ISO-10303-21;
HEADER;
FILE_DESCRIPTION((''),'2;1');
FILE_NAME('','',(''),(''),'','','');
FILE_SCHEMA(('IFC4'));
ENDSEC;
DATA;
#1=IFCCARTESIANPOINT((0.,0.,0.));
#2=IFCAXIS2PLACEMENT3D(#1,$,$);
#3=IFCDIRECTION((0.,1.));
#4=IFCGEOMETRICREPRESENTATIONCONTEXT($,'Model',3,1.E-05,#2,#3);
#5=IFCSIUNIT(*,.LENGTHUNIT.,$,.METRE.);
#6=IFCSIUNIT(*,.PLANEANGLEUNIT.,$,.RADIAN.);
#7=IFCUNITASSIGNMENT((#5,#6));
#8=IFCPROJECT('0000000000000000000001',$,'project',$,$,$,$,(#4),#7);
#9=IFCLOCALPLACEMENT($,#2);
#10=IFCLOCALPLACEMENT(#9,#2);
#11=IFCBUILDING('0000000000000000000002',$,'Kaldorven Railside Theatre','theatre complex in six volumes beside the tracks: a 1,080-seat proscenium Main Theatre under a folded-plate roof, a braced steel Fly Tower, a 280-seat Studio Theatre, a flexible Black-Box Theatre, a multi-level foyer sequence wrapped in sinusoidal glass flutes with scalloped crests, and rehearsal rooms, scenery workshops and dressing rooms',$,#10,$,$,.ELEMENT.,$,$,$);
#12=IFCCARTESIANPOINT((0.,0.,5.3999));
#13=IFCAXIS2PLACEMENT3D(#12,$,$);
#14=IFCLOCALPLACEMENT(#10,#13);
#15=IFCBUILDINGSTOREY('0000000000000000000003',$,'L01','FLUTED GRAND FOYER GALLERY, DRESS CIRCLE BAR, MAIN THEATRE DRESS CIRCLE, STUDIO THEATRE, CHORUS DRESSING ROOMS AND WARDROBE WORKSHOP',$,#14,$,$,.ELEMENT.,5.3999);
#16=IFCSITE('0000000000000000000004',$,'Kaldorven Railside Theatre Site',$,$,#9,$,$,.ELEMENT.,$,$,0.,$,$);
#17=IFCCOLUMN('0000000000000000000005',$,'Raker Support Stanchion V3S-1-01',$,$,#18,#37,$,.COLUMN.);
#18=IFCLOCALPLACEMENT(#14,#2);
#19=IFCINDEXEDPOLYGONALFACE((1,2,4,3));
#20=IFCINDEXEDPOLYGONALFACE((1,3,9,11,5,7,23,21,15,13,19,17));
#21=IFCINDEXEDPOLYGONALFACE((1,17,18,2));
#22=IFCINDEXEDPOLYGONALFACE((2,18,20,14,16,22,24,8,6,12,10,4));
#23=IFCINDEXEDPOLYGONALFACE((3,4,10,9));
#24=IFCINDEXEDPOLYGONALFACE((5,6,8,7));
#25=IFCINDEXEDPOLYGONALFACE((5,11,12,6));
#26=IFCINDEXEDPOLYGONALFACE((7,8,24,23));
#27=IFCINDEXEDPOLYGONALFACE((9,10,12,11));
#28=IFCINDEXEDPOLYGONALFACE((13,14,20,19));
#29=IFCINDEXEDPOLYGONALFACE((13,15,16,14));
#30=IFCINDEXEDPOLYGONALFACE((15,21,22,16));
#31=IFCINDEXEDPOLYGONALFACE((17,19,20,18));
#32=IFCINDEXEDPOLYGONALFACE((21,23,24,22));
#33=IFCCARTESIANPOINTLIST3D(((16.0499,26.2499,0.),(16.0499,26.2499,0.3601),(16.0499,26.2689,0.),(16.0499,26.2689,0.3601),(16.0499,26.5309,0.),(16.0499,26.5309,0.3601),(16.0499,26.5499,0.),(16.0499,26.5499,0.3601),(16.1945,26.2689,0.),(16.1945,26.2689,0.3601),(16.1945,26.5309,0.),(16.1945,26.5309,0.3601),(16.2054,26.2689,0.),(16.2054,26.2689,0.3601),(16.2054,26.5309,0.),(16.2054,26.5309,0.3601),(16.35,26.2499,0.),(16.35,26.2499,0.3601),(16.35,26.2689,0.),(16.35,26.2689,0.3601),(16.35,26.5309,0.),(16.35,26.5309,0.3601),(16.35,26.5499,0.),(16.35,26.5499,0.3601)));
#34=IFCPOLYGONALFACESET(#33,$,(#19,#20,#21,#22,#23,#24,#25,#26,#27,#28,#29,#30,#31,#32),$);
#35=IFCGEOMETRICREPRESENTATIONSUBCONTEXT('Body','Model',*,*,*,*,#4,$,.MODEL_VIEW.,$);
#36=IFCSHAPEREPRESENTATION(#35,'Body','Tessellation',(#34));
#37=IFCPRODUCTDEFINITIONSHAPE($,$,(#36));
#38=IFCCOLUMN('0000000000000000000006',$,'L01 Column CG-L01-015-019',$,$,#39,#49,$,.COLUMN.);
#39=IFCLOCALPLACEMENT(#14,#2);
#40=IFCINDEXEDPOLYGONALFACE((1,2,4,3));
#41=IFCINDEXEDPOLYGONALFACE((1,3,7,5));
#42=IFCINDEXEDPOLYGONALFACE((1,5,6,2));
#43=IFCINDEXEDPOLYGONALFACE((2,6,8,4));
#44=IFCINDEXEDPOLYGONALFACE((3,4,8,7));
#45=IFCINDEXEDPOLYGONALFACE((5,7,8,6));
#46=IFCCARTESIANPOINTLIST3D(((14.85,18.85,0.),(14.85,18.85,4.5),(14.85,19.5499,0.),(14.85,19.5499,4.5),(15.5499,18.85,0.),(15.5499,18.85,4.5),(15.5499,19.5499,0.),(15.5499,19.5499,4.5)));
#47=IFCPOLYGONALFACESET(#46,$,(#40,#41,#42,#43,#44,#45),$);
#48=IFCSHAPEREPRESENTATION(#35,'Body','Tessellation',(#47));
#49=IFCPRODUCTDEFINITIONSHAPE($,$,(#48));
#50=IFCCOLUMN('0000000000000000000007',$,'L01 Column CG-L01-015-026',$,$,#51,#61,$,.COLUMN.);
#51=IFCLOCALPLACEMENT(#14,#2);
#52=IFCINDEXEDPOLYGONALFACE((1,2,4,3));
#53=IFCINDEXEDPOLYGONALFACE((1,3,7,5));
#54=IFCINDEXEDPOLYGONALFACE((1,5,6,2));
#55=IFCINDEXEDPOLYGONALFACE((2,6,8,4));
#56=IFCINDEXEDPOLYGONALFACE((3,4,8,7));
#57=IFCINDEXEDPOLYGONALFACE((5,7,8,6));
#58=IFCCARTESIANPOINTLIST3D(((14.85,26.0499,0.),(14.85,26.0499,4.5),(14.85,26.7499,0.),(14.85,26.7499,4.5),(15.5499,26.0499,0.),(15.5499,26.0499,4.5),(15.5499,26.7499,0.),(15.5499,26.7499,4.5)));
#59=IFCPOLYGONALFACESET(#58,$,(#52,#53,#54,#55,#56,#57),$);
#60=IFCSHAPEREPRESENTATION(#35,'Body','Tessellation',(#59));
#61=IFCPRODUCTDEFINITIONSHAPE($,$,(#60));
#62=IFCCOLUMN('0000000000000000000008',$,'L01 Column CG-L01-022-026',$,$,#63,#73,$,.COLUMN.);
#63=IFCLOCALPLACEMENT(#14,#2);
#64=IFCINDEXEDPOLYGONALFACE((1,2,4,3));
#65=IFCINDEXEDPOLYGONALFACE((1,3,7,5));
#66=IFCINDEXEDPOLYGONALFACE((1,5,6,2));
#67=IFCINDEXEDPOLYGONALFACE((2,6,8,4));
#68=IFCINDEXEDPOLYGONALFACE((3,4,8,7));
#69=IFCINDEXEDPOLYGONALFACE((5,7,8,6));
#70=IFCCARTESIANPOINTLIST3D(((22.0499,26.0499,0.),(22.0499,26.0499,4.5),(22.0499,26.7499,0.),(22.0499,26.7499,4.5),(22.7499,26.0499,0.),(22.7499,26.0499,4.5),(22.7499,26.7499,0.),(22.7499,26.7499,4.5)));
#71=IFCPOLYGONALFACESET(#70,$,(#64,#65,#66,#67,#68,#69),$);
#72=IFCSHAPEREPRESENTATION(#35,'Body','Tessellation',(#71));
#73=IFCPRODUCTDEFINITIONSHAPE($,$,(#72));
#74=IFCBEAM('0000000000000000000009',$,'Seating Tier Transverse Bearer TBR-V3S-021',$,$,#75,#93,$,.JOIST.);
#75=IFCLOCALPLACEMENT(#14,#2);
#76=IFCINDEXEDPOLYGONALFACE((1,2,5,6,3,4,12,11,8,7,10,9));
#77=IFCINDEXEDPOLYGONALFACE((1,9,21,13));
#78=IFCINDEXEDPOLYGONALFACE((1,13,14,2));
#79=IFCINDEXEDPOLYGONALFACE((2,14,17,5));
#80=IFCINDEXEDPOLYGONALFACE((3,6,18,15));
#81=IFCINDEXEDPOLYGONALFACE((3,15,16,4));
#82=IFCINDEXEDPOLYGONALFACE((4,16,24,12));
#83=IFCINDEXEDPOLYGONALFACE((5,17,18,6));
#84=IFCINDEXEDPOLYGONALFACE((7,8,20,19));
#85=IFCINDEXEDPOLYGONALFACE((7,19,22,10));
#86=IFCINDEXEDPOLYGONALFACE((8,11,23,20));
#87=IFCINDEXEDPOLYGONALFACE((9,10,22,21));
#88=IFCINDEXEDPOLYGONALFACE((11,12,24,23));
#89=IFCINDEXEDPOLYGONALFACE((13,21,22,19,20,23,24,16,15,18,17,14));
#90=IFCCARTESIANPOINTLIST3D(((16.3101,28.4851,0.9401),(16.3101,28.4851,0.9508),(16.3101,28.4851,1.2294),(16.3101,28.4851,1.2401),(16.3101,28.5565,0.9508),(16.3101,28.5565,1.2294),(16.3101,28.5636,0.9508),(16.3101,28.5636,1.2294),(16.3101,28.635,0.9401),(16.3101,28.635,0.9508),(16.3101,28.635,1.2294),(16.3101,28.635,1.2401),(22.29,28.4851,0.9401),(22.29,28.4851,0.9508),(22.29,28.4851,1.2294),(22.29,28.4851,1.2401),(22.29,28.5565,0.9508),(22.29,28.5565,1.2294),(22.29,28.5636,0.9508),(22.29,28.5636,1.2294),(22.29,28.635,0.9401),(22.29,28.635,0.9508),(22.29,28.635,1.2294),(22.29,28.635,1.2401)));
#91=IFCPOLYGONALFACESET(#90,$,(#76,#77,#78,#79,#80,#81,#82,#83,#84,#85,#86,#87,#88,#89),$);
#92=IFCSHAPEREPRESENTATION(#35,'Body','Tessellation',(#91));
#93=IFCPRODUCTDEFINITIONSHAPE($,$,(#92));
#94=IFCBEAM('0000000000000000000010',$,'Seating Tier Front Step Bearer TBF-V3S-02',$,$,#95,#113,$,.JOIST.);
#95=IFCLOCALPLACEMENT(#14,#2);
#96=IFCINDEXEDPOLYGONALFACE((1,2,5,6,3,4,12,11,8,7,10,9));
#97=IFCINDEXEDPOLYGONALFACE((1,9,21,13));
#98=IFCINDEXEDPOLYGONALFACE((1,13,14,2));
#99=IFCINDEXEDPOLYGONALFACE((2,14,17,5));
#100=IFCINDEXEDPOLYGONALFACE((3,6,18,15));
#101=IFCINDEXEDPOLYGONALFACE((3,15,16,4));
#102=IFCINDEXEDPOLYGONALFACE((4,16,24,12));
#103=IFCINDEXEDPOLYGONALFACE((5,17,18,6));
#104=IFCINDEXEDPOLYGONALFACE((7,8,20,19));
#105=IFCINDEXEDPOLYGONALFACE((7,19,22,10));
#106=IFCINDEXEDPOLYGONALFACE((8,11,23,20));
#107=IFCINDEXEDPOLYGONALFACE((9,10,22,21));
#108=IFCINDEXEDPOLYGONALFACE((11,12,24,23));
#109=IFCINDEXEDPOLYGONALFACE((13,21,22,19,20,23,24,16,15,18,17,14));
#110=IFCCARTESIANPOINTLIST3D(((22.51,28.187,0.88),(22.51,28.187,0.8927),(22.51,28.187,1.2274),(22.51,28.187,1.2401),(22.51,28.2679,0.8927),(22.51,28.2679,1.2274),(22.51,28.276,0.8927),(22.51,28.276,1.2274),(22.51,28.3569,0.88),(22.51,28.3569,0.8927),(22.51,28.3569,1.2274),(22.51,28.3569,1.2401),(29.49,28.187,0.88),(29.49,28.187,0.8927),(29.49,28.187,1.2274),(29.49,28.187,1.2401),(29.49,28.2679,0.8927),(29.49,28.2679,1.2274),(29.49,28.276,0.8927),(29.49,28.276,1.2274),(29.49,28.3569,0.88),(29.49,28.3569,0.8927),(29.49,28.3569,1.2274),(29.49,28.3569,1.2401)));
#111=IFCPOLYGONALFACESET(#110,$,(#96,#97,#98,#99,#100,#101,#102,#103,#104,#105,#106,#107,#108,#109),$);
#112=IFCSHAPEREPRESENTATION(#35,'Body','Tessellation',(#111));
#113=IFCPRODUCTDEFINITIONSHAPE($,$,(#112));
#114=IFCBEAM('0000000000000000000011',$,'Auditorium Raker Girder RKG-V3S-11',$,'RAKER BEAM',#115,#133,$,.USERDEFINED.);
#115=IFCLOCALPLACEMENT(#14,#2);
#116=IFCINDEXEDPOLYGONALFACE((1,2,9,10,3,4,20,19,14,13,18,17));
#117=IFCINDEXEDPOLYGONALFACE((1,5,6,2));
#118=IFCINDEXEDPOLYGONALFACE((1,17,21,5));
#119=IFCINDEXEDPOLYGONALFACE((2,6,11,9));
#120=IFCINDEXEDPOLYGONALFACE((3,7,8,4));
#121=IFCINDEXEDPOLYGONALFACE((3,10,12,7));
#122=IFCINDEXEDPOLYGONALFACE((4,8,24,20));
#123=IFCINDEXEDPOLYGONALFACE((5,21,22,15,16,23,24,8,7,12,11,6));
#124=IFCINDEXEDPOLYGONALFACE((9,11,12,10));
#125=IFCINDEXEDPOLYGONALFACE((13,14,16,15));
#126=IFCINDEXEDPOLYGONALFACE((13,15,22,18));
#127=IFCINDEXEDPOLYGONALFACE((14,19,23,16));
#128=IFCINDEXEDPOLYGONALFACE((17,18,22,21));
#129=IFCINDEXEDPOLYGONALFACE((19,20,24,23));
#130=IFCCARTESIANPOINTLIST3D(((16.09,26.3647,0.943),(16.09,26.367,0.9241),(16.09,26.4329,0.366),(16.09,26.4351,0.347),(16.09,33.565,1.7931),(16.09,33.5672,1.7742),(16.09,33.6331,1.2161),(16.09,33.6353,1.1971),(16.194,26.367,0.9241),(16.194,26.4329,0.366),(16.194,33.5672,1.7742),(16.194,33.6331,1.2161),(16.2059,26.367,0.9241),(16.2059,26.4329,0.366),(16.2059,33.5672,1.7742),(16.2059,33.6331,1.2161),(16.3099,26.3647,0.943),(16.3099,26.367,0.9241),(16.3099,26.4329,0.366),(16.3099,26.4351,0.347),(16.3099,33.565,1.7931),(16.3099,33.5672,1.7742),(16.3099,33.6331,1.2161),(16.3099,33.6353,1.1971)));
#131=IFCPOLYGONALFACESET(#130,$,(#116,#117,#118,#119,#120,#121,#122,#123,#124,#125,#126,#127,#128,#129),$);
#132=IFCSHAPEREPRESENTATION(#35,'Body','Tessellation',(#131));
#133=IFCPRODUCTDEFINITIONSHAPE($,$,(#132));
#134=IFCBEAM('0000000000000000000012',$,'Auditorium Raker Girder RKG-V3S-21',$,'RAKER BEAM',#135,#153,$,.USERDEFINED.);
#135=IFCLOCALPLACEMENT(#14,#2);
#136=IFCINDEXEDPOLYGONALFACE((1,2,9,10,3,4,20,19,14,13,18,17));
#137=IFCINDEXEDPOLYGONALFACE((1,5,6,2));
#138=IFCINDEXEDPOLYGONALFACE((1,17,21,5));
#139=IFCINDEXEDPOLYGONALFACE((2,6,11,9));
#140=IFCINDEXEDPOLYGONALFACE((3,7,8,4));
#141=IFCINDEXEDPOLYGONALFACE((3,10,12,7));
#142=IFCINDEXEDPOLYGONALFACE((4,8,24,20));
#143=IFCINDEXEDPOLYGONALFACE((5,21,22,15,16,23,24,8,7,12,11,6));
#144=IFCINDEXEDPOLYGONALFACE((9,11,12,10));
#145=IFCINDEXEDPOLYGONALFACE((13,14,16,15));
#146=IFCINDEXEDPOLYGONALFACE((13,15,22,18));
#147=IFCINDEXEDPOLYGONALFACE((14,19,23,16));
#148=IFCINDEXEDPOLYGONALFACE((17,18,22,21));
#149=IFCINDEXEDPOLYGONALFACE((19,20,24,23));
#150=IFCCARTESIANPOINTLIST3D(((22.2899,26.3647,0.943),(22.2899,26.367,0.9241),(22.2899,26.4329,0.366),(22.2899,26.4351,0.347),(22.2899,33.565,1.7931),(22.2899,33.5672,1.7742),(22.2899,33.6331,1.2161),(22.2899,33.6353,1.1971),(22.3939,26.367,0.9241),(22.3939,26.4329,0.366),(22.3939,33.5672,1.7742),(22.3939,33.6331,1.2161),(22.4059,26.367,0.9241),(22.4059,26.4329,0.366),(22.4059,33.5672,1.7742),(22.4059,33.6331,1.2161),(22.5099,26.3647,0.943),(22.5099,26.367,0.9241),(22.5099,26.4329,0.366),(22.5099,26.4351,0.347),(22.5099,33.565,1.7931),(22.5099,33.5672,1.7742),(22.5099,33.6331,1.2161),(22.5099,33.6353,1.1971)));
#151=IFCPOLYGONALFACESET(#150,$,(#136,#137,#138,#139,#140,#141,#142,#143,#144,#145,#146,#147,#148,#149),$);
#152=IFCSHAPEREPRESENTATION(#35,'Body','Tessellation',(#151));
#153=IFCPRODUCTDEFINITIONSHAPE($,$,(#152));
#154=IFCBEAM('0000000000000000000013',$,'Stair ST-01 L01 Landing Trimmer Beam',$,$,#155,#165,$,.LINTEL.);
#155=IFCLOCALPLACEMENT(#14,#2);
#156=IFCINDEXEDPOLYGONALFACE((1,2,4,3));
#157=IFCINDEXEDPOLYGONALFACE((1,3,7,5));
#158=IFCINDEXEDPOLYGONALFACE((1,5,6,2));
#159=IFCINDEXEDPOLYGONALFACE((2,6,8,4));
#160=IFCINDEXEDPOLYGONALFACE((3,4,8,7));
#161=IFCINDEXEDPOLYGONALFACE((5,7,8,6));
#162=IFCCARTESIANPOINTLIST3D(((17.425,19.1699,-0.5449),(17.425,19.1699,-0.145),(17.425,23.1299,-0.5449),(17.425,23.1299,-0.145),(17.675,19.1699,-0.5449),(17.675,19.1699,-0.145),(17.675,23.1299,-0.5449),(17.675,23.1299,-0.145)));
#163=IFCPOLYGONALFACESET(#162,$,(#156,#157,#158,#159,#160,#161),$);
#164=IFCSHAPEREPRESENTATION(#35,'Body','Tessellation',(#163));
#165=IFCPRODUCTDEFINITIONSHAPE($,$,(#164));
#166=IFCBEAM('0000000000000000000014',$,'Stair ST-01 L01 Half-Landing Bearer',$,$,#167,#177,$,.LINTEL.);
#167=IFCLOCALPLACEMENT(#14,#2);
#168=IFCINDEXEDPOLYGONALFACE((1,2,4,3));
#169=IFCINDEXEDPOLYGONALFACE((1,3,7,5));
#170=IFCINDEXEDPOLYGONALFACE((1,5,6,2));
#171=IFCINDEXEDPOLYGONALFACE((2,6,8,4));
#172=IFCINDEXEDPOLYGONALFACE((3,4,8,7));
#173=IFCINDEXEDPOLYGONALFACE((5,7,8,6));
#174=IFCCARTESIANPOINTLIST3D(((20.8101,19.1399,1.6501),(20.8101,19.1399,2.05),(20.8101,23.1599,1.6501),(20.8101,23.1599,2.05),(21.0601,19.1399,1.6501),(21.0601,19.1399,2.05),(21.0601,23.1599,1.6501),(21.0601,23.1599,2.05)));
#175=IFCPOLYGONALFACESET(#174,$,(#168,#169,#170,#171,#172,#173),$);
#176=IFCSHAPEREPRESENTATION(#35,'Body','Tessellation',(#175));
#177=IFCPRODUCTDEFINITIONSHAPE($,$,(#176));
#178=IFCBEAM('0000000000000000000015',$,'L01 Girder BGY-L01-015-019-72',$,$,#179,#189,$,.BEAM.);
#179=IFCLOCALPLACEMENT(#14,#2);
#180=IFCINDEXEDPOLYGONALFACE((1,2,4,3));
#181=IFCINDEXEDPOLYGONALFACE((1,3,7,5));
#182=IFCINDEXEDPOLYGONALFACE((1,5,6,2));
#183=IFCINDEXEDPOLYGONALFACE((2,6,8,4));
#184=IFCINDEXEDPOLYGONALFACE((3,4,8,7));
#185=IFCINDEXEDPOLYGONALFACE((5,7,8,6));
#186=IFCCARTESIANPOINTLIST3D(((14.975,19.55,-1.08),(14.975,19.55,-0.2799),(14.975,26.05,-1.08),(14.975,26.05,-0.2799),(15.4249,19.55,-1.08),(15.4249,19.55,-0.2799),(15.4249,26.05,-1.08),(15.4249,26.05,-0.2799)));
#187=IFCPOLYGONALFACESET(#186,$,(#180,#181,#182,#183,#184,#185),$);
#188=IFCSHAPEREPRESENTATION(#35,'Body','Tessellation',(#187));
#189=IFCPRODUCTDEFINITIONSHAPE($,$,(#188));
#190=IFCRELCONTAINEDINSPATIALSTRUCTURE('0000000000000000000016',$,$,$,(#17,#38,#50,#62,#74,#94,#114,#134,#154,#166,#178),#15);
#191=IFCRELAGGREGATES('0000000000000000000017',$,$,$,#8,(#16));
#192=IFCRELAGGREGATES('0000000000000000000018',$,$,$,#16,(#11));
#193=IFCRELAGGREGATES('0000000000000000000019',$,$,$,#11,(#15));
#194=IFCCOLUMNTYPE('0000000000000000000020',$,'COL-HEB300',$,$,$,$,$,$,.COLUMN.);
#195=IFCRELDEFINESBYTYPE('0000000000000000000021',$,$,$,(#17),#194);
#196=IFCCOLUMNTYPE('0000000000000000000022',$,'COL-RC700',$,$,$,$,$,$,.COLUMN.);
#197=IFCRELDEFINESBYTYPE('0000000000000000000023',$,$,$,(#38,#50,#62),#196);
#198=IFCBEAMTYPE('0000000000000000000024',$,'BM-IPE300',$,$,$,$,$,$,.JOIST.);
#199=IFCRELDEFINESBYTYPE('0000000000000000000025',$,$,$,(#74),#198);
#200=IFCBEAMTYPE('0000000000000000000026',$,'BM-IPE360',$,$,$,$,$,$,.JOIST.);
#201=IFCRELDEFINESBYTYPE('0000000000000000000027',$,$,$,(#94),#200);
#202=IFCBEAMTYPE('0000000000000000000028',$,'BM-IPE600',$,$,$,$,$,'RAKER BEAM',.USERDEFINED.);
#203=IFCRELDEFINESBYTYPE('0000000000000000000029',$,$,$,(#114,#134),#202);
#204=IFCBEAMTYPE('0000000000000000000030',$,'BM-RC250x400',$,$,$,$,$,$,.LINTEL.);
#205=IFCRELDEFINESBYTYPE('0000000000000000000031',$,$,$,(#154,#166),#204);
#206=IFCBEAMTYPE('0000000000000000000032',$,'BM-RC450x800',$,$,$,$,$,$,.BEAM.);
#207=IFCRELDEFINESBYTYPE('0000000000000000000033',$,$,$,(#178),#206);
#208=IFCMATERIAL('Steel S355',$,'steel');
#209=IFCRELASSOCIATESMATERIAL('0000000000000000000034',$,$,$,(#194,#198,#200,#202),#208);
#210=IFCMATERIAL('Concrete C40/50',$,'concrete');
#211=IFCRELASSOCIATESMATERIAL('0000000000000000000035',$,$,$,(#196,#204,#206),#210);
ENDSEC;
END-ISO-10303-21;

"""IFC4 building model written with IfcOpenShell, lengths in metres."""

from ifc_helpers import new_model, si_unit, direction, frame, origin, origin_2d, place, context, subcontext, project, spatial, rectangle, i_section, extrude, material, material_profile, profile_set, type_object, element, save


model = new_model("IFC4")

# Units and contexts
model_context = context("Model", 3, precision=1e-05, world=origin(), true_north=direction((0.0, 1.0)))
body_context = subcontext(model_context, "Body", "Model", "MODEL_VIEW")
ifc_project = project(units=[si_unit("LENGTHUNIT", "METRE"), si_unit("PLANEANGLEUNIT", "RADIAN")], contexts=[model_context])

# Site, building, storey
site_placement = place(None, origin())
site = spatial("IfcSite", under=ifc_project, at=site_placement, Name="Kaldorven Railside Theatre Site", CompositionType="ELEMENT", RefElevation=0.0)
building_placement = place(site_placement, origin())
building = spatial("IfcBuilding", under=site, at=building_placement, Name="Kaldorven Railside Theatre", Description="theatre complex in six volumes beside the tracks: a 1,080-seat proscenium Main Theatre under a folded-plate roof, a braced steel Fly Tower, a 280-seat Studio Theatre, a flexible Black-Box Theatre, a multi-level foyer sequence wrapped in sinusoidal glass flutes with scalloped crests, and rehearsal rooms, scenery workshops and dressing rooms", CompositionType="ELEMENT")
storey_placement = place(building_placement, frame((0.0, 0.0, 5.3999)))
storey = spatial("IfcBuildingStorey", under=building, at=storey_placement, Name="L01", Description="FLUTED GRAND FOYER GALLERY, DRESS CIRCLE BAR, MAIN THEATRE DRESS CIRCLE, STUDIO THEATRE, CHORUS DRESSING ROOMS AND WARDROBE WORKSHOP", CompositionType="ELEMENT", Elevation=5.3999)

# Columns
ifc_material_1 = material(Name="Steel S355", Category="steel")
ifc_material_profile_1 = material_profile(ifc_material_1, i_section(OverallWidth=0.3, OverallDepth=0.3, WebThickness=0.011, FlangeThickness=0.019, at=origin_2d()), Name="HEB 300")
ifc_profile_set_1 = profile_set([ifc_material_profile_1], Name="Steel S355")
column_type_1 = type_object("IfcColumnType", Name="COL-HEB300", PredefinedType="COLUMN", material=ifc_profile_set_1)
column_placement = place(storey_placement, frame((16.2, 26.3999, 0.0), z_axis=(0.0, 0.0, 1.0), x_axis=(1.0, 0.0, 0.0)))
element("IfcColumn", 1, at=column_placement, inside=storey, type_object=column_type_1, Name="Raker Support Stanchion V3S-1-01", PredefinedType="COLUMN", context=body_context, shape_type="SweptSolid", body=[
    extrude(i_section(OverallWidth=0.3, OverallDepth=0.3, WebThickness=0.011, FlangeThickness=0.019, at=origin_2d()), origin(), (0.0, 0.0, 1.0), 0.3601),
])
ifc_material_2 = material(Name="Concrete C40/50", Category="concrete")
ifc_material_profile_2 = material_profile(ifc_material_2, rectangle(XDim=0.7, YDim=0.7, at=origin_2d()), Name="RC 700x700")
ifc_profile_set_2 = profile_set([ifc_material_profile_2], Name="Concrete C40/50")
column_type_2 = type_object("IfcColumnType", Name="COL-RC700", PredefinedType="COLUMN", material=ifc_profile_set_2)
for number, where, z_axis, x_axis, name in (
    (2, (15.2, 19.2, 0.0), (0.0, 0.0, 1.0), (1.0, 0.0, 0.0), "L01 Column CG-L01-015-019"),
    (3, (15.2, 26.3999, 0.0), (0.0, 0.0, 1.0), (0.0, 1.0, 0.0), "L01 Column CG-L01-015-026"),
    (4, (22.3999, 26.3999, 0.0), (0.0, 0.0, 1.0), (1.0, 0.0, 0.0), "L01 Column CG-L01-022-026"),
):
    element("IfcColumn", number, at=place(storey_placement, frame(where, z_axis=z_axis, x_axis=x_axis)), inside=storey, type_object=column_type_2, Name=name, PredefinedType="COLUMN", context=body_context, shape_type="SweptSolid", body=[
        extrude(rectangle(XDim=0.7, YDim=0.7, at=origin_2d()), origin(), (0.0, 0.0, 1.0), 4.5),
    ])

# Beams
ifc_material_profile_3 = material_profile(ifc_material_1, i_section(OverallWidth=0.1499, OverallDepth=0.3, WebThickness=0.0071, FlangeThickness=0.0107, at=origin_2d()), Name="IPE 300")
ifc_profile_set_3 = profile_set([ifc_material_profile_3], Name="Steel S355")
beam_type_1 = type_object("IfcBeamType", Name="BM-IPE300", PredefinedType="JOIST", material=ifc_profile_set_3)
beam_1_placement = place(storey_placement, frame((16.3101, 28.5601, 1.0901), z_axis=(1.0, 0.0, 0.0), x_axis=(0.0, 1.0, 0.0)))
element("IfcBeam", 5, at=beam_1_placement, inside=storey, type_object=beam_type_1, Name="Seating Tier Transverse Bearer TBR-V3S-021", PredefinedType="JOIST", context=body_context, shape_type="SweptSolid", body=[
    extrude(i_section(OverallWidth=0.1499, OverallDepth=0.3, WebThickness=0.0071, FlangeThickness=0.0107, at=origin_2d()), origin(), (0.0, 0.0, 1.0), 5.98),
])
ifc_material_profile_4 = material_profile(ifc_material_1, i_section(OverallWidth=0.1699, OverallDepth=0.3601, WebThickness=0.0081, FlangeThickness=0.0127, at=origin_2d()), Name="IPE 360")
ifc_profile_set_4 = profile_set([ifc_material_profile_4], Name="Steel S355")
beam_type_2 = type_object("IfcBeamType", Name="BM-IPE360", PredefinedType="JOIST", material=ifc_profile_set_4)
beam_2_placement = place(storey_placement, frame((22.51, 28.272, 1.0601), z_axis=(1.0, 0.0, 0.0), x_axis=(0.0, 1.0, 0.0)))
element("IfcBeam", 6, at=beam_2_placement, inside=storey, type_object=beam_type_2, Name="Seating Tier Front Step Bearer TBF-V3S-02", PredefinedType="JOIST", context=body_context, shape_type="SweptSolid", body=[
    extrude(i_section(OverallWidth=0.1699, OverallDepth=0.3601, WebThickness=0.0081, FlangeThickness=0.0127, at=origin_2d()), origin(), (0.0, 0.0, 1.0), 6.98),
])
ifc_material_profile_5 = material_profile(ifc_material_1, i_section(OverallWidth=0.22, OverallDepth=0.6001, WebThickness=0.012, FlangeThickness=0.019, at=origin_2d()), Name="IPE 600")
ifc_profile_set_5 = profile_set([ifc_material_profile_5], Name="Steel S355")
beam_type_3 = type_object("IfcBeamType", Name="BM-IPE600", ElementType="RAKER BEAM", PredefinedType="USERDEFINED", material=ifc_profile_set_5)
for number, where, z_axis, x_axis, name in (
    (7, (16.2, 26.3999, 0.645), (0.0, 0.993102, 0.117252), (-1.0, 0.0, 0.0), "Auditorium Raker Girder RKG-V3S-11"),
    (8, (22.3999, 26.3999, 0.645), (0.0, 0.993102, 0.117252), (-1.0, 0.0, 0.0), "Auditorium Raker Girder RKG-V3S-21"),
):
    element("IfcBeam", number, at=place(storey_placement, frame(where, z_axis=z_axis, x_axis=x_axis)), inside=storey, type_object=beam_type_3, Name=name, ObjectType="RAKER BEAM", PredefinedType="USERDEFINED", context=body_context, shape_type="SweptSolid", body=[
        extrude(i_section(OverallWidth=0.22, OverallDepth=0.6001, WebThickness=0.012, FlangeThickness=0.019, at=origin_2d()), origin(), (0.0, 0.0, 1.0), 7.2502),
    ])
ifc_material_profile_6 = material_profile(ifc_material_2, rectangle(XDim=0.25, YDim=0.3999, at=origin_2d()), Name="RC 250x400")
ifc_profile_set_6 = profile_set([ifc_material_profile_6], Name="Concrete C40/50")
beam_type_4 = type_object("IfcBeamType", Name="BM-RC250x400", PredefinedType="LINTEL", material=ifc_profile_set_6)
beam_3_placement = place(storey_placement, frame((17.55, 19.1699, -0.345), z_axis=(0.0, 1.0, 0.0), x_axis=(-1.0, 0.0, 0.0)))
element("IfcBeam", 9, at=beam_3_placement, inside=storey, type_object=beam_type_4, Name="Stair ST-01 L01 Landing Trimmer Beam", PredefinedType="LINTEL", context=body_context, shape_type="SweptSolid", body=[
    extrude(rectangle(XDim=0.25, YDim=0.3999, at=origin_2d()), origin(), (0.0, 0.0, 1.0), 3.96),
])
beam_4_placement = place(storey_placement, frame((20.9351, 19.1399, 1.8501), z_axis=(0.0, 1.0, 0.0), x_axis=(-1.0, 0.0, 0.0)))
element("IfcBeam", 10, at=beam_4_placement, inside=storey, type_object=beam_type_4, Name="Stair ST-01 L01 Half-Landing Bearer", PredefinedType="LINTEL", context=body_context, shape_type="SweptSolid", body=[
    extrude(rectangle(XDim=0.25, YDim=0.3999, at=origin_2d()), origin(), (0.0, 0.0, 1.0), 4.02),
])
ifc_material_profile_7 = material_profile(ifc_material_2, rectangle(XDim=0.45, YDim=0.8, at=origin_2d()), Name="RC 450x800")
ifc_profile_set_7 = profile_set([ifc_material_profile_7], Name="Concrete C40/50")
beam_type_5 = type_object("IfcBeamType", Name="BM-RC450x800", PredefinedType="BEAM", material=ifc_profile_set_7)
for number, where, z_axis, x_axis, name in (
    (11, (15.2, 19.55, -0.6799), (0.0, 1.0, 0.0), (-1.0, 0.0, 0.0), "L01 Girder BGY-L01-015-019-72"),
):
    element("IfcBeam", number, at=place(storey_placement, frame(where, z_axis=z_axis, x_axis=x_axis)), inside=storey, type_object=beam_type_5, Name=name, PredefinedType="BEAM", context=body_context, shape_type="SweptSolid", body=[
        extrude(rectangle(XDim=0.45, YDim=0.8, at=origin_2d()), origin(), (0.0, 0.0, 1.0), 6.5),
    ])

save(model, "model.ifc")
